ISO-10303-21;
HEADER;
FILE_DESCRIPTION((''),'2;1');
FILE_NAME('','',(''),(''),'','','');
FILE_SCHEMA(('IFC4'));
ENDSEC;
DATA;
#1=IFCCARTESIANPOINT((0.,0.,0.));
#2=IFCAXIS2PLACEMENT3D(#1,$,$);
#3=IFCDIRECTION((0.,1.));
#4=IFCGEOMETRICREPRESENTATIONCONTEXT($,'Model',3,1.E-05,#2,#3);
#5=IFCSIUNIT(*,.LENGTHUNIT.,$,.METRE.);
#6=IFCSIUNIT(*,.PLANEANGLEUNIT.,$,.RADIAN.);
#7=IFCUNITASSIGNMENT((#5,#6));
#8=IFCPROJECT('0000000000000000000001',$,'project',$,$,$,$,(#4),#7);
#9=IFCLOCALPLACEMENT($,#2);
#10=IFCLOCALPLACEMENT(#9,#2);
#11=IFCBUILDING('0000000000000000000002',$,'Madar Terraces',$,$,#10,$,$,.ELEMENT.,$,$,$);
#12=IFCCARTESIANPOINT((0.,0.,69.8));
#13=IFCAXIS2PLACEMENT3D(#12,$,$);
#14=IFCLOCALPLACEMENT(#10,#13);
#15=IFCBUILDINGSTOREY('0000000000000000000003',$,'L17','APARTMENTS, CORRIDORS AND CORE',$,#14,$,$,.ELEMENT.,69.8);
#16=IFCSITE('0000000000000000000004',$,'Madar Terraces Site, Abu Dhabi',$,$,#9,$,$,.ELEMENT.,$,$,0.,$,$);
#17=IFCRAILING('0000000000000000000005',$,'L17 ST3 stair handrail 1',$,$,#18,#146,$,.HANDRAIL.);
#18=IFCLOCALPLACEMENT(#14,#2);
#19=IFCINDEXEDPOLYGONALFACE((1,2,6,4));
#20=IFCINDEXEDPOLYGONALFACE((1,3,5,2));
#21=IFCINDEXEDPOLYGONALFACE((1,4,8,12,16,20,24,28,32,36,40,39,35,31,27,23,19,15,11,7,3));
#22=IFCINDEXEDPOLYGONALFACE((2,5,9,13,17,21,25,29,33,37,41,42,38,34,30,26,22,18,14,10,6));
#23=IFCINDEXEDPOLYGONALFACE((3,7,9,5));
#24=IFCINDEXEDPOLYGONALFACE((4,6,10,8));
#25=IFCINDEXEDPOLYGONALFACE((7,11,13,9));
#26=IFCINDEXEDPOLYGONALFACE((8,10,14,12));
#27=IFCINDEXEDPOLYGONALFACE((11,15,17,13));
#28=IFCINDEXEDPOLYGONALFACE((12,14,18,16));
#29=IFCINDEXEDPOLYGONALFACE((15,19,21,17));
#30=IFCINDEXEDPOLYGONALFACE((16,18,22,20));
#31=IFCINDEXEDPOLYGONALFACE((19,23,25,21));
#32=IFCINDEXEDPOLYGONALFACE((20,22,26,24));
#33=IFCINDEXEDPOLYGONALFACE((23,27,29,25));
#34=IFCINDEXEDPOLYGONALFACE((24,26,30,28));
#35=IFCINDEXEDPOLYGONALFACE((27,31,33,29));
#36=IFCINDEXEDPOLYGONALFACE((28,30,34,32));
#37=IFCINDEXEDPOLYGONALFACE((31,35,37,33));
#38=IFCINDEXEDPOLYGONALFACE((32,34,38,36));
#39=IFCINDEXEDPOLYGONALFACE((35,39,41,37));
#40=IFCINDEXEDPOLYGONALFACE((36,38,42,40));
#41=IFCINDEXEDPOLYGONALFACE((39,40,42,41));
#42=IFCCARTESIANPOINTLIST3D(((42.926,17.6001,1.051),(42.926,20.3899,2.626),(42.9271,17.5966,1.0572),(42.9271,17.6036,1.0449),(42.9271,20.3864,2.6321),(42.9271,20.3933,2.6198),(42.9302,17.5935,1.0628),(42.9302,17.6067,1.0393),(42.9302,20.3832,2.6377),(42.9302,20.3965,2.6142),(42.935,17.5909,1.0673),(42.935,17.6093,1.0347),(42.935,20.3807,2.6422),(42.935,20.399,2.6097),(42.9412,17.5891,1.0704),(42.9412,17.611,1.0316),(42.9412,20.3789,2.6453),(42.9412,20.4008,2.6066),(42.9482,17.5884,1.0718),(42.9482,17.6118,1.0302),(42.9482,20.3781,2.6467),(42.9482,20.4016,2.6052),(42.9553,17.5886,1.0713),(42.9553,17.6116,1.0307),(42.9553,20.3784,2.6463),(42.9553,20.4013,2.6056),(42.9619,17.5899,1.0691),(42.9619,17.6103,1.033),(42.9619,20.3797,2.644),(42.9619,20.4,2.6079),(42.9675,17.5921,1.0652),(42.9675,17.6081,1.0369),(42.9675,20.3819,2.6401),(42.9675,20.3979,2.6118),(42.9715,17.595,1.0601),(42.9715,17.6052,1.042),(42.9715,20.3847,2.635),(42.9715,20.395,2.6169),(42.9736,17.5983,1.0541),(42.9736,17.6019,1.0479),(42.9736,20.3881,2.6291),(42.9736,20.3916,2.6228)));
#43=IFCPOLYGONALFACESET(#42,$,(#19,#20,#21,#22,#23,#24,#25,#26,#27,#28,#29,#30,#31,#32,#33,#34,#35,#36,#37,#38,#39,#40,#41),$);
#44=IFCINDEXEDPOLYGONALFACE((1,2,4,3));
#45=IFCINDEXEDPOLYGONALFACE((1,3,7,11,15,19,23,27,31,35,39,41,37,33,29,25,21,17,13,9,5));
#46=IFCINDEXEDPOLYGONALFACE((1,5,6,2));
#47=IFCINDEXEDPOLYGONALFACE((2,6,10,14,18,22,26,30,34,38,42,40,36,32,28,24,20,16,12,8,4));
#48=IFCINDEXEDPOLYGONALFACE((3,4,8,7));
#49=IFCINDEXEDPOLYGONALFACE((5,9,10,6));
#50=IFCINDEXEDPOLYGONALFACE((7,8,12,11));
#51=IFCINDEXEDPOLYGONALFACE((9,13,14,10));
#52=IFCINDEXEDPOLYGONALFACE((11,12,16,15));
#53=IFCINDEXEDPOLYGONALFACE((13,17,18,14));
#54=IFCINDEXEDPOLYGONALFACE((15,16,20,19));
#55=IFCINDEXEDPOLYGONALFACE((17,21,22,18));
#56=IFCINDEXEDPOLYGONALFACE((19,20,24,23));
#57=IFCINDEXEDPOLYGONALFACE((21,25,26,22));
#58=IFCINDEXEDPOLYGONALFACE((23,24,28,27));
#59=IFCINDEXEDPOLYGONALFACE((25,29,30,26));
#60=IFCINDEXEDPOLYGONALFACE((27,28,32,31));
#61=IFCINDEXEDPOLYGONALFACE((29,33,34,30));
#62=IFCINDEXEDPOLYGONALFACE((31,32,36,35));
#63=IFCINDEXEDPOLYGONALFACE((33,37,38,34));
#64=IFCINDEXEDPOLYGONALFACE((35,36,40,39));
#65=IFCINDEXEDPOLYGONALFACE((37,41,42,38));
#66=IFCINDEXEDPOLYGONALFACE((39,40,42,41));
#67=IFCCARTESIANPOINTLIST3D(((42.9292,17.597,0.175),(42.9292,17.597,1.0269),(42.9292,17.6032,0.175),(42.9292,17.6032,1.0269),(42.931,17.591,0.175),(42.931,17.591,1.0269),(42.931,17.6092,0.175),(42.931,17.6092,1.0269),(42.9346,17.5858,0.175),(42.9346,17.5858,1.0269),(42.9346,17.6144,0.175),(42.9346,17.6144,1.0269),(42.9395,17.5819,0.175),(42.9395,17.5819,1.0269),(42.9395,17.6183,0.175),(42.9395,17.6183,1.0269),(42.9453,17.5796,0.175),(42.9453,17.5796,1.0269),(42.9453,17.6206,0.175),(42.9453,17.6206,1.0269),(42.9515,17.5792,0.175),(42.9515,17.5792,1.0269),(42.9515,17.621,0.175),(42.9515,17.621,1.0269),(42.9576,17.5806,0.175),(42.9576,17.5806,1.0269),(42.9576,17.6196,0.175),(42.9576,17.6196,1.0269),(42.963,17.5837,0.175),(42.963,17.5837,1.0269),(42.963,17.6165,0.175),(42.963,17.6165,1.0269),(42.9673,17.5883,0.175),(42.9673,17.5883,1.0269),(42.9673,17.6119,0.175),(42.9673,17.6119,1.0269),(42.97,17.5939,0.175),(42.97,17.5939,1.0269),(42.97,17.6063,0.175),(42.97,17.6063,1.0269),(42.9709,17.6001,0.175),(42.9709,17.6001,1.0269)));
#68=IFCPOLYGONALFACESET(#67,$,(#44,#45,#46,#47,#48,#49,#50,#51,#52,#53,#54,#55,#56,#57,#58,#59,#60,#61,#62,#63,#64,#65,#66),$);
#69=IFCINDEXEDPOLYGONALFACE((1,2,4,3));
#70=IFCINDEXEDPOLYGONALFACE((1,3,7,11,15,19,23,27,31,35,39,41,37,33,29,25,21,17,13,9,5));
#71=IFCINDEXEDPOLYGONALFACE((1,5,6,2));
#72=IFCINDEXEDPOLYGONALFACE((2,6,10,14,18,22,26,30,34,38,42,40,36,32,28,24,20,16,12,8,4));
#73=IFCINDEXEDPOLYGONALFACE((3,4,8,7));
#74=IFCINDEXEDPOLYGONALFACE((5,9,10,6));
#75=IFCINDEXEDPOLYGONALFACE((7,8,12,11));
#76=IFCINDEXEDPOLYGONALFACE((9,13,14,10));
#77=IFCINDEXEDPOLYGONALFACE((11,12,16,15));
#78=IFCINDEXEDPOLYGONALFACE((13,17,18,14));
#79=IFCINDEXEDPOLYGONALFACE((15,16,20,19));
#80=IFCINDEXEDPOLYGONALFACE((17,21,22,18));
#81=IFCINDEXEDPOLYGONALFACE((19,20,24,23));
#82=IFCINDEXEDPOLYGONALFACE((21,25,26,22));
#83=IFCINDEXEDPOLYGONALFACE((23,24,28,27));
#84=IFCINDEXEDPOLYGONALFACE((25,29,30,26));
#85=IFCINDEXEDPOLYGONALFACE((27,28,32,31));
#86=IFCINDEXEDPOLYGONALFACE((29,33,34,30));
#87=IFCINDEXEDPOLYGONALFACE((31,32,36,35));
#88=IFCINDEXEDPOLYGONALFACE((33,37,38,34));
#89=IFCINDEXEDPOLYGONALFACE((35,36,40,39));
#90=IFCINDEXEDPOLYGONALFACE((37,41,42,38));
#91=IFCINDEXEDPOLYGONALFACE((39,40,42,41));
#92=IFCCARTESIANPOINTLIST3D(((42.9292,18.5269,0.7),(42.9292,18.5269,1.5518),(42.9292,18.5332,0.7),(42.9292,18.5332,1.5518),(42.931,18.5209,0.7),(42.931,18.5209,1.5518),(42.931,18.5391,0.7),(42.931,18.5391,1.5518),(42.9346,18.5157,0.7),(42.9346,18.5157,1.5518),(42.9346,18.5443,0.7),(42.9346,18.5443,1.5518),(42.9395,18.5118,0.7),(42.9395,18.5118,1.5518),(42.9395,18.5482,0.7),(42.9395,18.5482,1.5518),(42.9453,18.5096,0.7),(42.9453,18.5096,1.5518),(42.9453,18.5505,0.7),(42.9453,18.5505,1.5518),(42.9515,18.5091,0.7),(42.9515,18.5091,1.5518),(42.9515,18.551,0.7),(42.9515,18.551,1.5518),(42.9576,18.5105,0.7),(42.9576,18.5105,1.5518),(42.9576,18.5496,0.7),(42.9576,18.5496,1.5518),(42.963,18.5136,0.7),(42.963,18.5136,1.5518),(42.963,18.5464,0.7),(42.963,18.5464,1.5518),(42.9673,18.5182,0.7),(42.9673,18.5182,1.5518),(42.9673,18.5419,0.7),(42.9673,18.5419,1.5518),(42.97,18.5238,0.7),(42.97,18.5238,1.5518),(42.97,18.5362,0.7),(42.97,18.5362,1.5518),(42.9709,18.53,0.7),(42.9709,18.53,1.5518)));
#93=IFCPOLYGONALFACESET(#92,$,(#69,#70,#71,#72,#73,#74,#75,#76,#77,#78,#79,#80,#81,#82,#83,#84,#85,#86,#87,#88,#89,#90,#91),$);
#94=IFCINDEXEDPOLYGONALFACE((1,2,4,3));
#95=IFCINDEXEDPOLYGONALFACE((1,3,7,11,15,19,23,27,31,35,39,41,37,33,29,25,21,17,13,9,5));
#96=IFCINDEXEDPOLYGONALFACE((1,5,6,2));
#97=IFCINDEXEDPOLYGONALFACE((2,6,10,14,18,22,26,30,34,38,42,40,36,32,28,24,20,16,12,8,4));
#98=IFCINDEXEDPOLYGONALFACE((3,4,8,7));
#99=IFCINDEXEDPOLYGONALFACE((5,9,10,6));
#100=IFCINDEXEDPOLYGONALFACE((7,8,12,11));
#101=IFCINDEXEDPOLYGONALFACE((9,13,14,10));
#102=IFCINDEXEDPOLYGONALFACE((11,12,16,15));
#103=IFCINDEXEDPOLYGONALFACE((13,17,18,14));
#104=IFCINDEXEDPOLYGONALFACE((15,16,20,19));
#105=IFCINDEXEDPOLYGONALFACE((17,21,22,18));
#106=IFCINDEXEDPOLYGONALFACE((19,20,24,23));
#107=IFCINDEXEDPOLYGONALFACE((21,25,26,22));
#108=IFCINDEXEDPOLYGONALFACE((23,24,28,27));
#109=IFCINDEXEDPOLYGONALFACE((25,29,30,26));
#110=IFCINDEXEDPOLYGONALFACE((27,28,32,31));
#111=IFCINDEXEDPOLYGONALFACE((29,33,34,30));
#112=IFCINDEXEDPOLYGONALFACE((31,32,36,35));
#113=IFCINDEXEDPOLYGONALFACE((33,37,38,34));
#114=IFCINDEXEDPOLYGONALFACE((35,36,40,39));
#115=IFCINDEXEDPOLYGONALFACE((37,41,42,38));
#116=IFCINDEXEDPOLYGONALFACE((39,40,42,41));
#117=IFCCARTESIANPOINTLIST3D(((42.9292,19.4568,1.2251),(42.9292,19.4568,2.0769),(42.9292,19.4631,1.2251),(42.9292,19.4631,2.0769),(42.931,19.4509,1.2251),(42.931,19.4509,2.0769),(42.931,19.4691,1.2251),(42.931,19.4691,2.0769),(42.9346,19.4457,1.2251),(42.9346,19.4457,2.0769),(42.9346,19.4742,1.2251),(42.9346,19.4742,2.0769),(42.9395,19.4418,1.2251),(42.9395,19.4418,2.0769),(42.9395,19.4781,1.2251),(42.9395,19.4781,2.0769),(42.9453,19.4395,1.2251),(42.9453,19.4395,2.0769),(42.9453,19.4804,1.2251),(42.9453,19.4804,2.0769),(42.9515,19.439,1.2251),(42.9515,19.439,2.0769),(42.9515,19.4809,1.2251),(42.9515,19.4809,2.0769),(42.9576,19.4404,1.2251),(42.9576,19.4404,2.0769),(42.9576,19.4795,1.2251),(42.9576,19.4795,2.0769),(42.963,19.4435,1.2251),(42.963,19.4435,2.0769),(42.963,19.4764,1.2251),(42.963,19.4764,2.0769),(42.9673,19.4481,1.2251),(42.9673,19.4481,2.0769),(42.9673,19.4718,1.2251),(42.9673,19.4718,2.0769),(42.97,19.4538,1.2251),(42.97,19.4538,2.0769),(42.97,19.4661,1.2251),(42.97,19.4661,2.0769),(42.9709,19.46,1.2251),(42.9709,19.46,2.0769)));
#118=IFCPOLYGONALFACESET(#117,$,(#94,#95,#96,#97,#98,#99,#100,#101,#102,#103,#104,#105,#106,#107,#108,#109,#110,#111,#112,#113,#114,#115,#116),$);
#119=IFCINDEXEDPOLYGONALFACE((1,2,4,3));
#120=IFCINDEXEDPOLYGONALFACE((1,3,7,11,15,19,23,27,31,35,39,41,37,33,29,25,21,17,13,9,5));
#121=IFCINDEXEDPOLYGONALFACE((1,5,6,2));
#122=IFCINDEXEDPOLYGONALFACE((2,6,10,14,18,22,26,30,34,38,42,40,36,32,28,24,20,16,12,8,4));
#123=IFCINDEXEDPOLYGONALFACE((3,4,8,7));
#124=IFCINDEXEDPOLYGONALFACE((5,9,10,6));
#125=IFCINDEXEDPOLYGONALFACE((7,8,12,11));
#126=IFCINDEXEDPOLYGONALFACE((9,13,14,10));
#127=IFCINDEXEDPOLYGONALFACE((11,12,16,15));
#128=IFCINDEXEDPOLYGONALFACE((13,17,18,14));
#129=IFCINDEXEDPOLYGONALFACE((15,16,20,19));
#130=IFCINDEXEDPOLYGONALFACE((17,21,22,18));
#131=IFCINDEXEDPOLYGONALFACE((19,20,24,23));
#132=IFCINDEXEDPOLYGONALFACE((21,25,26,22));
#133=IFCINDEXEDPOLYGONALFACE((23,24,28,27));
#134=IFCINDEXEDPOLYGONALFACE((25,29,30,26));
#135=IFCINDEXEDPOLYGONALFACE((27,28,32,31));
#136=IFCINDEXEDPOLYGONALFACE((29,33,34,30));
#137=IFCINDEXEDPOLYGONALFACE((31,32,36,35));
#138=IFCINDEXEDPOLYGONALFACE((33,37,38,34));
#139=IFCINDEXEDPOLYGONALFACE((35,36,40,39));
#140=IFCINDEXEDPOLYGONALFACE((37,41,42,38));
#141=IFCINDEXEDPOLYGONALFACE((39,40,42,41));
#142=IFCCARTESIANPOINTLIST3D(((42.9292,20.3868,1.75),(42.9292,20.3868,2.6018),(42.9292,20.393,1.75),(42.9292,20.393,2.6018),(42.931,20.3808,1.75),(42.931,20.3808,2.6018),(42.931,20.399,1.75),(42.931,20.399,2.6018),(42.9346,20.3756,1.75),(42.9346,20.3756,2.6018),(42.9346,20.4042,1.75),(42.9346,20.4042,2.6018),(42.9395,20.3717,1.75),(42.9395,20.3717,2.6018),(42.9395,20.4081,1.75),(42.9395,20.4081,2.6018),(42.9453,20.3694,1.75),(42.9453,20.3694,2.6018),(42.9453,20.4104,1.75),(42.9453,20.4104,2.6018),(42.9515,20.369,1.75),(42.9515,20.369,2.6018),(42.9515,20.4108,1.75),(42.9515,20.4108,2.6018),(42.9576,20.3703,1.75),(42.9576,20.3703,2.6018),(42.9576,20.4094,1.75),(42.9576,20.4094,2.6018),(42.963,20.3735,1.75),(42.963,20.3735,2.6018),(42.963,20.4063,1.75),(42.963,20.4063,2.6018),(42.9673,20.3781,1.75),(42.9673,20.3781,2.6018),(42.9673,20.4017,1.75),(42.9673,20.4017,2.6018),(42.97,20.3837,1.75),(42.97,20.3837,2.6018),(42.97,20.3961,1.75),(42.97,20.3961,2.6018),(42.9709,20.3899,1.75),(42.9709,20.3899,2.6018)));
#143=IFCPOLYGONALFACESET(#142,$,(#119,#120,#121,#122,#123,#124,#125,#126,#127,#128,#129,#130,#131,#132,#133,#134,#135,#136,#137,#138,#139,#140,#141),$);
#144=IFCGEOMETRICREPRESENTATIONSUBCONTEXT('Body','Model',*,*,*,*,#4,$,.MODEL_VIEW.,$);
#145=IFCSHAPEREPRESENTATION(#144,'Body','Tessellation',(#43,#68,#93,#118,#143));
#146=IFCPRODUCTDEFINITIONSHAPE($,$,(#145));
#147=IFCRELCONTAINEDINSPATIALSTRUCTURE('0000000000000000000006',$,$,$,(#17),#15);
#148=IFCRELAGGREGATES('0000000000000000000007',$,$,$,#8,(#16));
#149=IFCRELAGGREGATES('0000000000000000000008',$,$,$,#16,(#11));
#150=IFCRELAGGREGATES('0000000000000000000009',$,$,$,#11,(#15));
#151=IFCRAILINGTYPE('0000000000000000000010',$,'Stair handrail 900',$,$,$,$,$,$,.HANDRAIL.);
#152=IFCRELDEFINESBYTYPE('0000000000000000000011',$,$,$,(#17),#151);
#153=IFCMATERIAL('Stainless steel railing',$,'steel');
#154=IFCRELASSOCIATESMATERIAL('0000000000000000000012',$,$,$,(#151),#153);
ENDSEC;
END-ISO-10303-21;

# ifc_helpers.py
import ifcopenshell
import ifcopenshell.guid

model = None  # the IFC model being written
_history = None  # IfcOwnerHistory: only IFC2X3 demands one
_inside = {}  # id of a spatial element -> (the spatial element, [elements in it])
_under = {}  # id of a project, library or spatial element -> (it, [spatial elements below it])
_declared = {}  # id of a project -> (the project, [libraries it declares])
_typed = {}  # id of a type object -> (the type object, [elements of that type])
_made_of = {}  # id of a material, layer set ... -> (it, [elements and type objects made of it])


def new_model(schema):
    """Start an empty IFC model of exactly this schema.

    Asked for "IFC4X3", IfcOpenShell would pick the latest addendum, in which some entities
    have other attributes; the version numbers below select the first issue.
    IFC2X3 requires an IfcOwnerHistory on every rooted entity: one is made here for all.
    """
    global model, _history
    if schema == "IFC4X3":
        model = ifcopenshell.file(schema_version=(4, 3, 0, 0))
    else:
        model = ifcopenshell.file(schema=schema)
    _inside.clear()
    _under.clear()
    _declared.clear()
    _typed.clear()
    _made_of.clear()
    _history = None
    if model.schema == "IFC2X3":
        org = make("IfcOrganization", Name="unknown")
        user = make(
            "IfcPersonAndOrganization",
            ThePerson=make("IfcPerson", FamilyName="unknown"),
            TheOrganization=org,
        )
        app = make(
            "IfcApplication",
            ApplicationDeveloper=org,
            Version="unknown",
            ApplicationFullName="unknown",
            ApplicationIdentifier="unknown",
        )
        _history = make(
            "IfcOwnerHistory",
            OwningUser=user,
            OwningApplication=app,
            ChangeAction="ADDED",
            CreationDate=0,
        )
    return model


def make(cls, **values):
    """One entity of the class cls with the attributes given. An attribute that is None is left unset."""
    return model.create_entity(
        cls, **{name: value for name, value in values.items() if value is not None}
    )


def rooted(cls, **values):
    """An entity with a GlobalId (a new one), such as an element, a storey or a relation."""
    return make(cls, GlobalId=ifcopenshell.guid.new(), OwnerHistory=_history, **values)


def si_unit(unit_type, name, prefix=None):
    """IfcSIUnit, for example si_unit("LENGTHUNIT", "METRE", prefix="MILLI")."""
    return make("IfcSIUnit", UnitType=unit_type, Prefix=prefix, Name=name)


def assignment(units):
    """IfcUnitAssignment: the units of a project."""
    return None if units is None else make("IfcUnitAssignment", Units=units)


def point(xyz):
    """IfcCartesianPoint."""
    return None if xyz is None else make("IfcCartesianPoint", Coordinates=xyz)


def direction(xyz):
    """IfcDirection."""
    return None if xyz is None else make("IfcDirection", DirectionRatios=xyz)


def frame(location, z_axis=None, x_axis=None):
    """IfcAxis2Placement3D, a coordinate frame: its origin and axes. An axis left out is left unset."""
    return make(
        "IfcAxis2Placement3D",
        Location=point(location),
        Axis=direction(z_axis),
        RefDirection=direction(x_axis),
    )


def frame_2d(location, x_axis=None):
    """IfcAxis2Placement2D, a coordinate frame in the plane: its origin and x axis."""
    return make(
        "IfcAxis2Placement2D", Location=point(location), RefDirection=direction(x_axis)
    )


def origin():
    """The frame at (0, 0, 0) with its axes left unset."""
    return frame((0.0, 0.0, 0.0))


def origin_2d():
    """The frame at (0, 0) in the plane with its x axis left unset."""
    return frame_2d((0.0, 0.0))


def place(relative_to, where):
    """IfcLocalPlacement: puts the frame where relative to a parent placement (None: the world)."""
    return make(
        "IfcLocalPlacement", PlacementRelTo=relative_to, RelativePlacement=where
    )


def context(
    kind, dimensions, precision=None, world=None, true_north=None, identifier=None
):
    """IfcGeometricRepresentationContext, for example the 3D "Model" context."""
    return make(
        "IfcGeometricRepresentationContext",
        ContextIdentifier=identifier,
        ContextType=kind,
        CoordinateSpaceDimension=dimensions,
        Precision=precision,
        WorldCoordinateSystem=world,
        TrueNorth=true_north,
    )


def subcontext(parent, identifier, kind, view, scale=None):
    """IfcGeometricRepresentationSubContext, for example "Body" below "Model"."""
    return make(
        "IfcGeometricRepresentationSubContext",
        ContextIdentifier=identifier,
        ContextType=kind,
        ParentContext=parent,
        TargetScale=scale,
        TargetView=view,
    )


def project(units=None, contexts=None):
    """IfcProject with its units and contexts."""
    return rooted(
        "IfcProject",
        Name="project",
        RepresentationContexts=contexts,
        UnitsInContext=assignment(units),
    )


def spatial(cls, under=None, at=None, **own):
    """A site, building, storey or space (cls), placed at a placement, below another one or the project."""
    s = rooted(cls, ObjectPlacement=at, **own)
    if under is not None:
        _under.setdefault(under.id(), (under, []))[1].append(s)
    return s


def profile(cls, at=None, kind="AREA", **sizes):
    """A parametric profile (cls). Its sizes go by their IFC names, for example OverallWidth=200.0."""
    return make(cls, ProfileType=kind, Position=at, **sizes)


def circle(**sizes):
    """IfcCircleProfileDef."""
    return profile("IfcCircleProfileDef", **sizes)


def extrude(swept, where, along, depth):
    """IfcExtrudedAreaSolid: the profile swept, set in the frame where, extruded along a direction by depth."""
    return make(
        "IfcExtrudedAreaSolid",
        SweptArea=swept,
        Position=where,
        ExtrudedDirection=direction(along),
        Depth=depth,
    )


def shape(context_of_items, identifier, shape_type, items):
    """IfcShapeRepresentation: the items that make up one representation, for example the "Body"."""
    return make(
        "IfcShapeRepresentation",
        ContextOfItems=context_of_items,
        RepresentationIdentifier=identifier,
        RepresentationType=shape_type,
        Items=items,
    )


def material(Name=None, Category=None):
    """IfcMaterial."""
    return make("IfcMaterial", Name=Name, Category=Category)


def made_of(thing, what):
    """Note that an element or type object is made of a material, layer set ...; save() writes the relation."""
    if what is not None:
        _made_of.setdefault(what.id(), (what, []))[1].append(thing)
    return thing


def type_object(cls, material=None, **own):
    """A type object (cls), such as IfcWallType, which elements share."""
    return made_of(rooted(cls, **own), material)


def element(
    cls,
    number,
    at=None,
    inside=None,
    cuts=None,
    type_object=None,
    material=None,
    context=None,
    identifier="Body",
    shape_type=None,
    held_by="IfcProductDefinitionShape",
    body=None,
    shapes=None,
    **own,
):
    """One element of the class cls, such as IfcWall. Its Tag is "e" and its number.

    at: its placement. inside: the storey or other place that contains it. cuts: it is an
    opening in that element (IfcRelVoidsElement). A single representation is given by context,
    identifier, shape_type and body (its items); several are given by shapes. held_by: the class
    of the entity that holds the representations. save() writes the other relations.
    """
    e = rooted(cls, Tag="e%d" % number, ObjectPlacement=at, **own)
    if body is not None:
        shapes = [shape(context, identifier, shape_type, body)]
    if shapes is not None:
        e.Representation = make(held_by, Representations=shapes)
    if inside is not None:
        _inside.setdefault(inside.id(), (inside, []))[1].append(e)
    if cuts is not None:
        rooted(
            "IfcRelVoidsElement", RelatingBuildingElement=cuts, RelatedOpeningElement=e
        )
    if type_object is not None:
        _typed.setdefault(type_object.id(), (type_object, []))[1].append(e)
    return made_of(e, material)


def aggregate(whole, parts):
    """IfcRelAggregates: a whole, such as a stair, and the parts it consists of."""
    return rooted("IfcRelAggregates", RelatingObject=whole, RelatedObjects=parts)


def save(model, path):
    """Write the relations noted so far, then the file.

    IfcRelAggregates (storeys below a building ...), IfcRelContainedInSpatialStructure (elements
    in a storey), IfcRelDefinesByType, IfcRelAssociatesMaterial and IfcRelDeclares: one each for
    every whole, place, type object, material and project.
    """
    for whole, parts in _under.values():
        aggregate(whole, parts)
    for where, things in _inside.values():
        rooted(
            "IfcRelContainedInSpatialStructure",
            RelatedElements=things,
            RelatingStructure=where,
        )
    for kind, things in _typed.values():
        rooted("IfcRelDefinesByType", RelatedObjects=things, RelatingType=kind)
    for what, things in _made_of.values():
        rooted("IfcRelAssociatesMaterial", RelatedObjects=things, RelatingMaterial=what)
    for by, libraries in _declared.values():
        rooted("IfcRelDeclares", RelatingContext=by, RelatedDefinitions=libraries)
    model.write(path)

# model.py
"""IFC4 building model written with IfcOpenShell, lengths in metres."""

from ifc_helpers import new_model, si_unit, direction, frame, origin, origin_2d, place, context, subcontext, project, spatial, circle, extrude, material, type_object, element, save


model = new_model("IFC4")

# Units and contexts
model_context = context("Model", 3, precision=1e-05, world=origin(), true_north=direction((0.0, 1.0)))
body_context = subcontext(model_context, "Body", "Model", "MODEL_VIEW")
ifc_project = project(units=[si_unit("LENGTHUNIT", "METRE"), si_unit("PLANEANGLEUNIT", "RADIAN")], contexts=[model_context])

# Site, building, storey
site_placement = place(None, origin())
site = spatial("IfcSite", under=ifc_project, at=site_placement, Name="Madar Terraces Site, Abu Dhabi", CompositionType="ELEMENT", RefElevation=0.0)
building_placement = place(site_placement, origin())
building = spatial("IfcBuilding", under=site, at=building_placement, Name="Madar Terraces", CompositionType="ELEMENT")
storey_placement = place(building_placement, frame((0.0, 0.0, 69.8)))
storey = spatial("IfcBuildingStorey", under=building, at=storey_placement, Name="L17", Description="APARTMENTS, CORRIDORS AND CORE", CompositionType="ELEMENT", Elevation=69.8)

# Railing
ifc_material_1 = material(Name="Stainless steel railing", Category="steel")
railing_type_1 = type_object("IfcRailingType", Name="Stair handrail 900", PredefinedType="HANDRAIL", material=ifc_material_1)
railing_1_placement = place(storey_placement, frame((42.95, 17.6001, 0.175)))
element("IfcRailing", 1, at=railing_1_placement, inside=storey, type_object=railing_type_1, Name="L17 ST3 stair handrail 1", PredefinedType="HANDRAIL", context=body_context, shape_type="SweptSolid", body=[
    extrude(circle(Radius=0.0239, at=origin_2d()), frame((0.0, 0.0, 0.876), z_axis=(0.0, 0.870815, 0.49161), x_axis=(-1.0, 0.0, 0.0)), (0.0, 0.0, 1.0), 3.2036),
    extrude(circle(Radius=0.021, at=origin_2d()), origin(), (0.0, 0.0, 1.0), 0.8518),
    extrude(circle(Radius=0.021, at=origin_2d()), frame((0.0, 0.9299, 0.5249)), (0.0, 0.0, 1.0), 0.8518),
    extrude(circle(Radius=0.021, at=origin_2d()), frame((0.0, 1.8599, 1.05)), (0.0, 0.0, 1.0), 0.8518),
    extrude(circle(Radius=0.021, at=origin_2d()), frame((0.0, 2.7898, 1.575)), (0.0, 0.0, 1.0), 0.8518),
])

save(model, "model.ifc")
